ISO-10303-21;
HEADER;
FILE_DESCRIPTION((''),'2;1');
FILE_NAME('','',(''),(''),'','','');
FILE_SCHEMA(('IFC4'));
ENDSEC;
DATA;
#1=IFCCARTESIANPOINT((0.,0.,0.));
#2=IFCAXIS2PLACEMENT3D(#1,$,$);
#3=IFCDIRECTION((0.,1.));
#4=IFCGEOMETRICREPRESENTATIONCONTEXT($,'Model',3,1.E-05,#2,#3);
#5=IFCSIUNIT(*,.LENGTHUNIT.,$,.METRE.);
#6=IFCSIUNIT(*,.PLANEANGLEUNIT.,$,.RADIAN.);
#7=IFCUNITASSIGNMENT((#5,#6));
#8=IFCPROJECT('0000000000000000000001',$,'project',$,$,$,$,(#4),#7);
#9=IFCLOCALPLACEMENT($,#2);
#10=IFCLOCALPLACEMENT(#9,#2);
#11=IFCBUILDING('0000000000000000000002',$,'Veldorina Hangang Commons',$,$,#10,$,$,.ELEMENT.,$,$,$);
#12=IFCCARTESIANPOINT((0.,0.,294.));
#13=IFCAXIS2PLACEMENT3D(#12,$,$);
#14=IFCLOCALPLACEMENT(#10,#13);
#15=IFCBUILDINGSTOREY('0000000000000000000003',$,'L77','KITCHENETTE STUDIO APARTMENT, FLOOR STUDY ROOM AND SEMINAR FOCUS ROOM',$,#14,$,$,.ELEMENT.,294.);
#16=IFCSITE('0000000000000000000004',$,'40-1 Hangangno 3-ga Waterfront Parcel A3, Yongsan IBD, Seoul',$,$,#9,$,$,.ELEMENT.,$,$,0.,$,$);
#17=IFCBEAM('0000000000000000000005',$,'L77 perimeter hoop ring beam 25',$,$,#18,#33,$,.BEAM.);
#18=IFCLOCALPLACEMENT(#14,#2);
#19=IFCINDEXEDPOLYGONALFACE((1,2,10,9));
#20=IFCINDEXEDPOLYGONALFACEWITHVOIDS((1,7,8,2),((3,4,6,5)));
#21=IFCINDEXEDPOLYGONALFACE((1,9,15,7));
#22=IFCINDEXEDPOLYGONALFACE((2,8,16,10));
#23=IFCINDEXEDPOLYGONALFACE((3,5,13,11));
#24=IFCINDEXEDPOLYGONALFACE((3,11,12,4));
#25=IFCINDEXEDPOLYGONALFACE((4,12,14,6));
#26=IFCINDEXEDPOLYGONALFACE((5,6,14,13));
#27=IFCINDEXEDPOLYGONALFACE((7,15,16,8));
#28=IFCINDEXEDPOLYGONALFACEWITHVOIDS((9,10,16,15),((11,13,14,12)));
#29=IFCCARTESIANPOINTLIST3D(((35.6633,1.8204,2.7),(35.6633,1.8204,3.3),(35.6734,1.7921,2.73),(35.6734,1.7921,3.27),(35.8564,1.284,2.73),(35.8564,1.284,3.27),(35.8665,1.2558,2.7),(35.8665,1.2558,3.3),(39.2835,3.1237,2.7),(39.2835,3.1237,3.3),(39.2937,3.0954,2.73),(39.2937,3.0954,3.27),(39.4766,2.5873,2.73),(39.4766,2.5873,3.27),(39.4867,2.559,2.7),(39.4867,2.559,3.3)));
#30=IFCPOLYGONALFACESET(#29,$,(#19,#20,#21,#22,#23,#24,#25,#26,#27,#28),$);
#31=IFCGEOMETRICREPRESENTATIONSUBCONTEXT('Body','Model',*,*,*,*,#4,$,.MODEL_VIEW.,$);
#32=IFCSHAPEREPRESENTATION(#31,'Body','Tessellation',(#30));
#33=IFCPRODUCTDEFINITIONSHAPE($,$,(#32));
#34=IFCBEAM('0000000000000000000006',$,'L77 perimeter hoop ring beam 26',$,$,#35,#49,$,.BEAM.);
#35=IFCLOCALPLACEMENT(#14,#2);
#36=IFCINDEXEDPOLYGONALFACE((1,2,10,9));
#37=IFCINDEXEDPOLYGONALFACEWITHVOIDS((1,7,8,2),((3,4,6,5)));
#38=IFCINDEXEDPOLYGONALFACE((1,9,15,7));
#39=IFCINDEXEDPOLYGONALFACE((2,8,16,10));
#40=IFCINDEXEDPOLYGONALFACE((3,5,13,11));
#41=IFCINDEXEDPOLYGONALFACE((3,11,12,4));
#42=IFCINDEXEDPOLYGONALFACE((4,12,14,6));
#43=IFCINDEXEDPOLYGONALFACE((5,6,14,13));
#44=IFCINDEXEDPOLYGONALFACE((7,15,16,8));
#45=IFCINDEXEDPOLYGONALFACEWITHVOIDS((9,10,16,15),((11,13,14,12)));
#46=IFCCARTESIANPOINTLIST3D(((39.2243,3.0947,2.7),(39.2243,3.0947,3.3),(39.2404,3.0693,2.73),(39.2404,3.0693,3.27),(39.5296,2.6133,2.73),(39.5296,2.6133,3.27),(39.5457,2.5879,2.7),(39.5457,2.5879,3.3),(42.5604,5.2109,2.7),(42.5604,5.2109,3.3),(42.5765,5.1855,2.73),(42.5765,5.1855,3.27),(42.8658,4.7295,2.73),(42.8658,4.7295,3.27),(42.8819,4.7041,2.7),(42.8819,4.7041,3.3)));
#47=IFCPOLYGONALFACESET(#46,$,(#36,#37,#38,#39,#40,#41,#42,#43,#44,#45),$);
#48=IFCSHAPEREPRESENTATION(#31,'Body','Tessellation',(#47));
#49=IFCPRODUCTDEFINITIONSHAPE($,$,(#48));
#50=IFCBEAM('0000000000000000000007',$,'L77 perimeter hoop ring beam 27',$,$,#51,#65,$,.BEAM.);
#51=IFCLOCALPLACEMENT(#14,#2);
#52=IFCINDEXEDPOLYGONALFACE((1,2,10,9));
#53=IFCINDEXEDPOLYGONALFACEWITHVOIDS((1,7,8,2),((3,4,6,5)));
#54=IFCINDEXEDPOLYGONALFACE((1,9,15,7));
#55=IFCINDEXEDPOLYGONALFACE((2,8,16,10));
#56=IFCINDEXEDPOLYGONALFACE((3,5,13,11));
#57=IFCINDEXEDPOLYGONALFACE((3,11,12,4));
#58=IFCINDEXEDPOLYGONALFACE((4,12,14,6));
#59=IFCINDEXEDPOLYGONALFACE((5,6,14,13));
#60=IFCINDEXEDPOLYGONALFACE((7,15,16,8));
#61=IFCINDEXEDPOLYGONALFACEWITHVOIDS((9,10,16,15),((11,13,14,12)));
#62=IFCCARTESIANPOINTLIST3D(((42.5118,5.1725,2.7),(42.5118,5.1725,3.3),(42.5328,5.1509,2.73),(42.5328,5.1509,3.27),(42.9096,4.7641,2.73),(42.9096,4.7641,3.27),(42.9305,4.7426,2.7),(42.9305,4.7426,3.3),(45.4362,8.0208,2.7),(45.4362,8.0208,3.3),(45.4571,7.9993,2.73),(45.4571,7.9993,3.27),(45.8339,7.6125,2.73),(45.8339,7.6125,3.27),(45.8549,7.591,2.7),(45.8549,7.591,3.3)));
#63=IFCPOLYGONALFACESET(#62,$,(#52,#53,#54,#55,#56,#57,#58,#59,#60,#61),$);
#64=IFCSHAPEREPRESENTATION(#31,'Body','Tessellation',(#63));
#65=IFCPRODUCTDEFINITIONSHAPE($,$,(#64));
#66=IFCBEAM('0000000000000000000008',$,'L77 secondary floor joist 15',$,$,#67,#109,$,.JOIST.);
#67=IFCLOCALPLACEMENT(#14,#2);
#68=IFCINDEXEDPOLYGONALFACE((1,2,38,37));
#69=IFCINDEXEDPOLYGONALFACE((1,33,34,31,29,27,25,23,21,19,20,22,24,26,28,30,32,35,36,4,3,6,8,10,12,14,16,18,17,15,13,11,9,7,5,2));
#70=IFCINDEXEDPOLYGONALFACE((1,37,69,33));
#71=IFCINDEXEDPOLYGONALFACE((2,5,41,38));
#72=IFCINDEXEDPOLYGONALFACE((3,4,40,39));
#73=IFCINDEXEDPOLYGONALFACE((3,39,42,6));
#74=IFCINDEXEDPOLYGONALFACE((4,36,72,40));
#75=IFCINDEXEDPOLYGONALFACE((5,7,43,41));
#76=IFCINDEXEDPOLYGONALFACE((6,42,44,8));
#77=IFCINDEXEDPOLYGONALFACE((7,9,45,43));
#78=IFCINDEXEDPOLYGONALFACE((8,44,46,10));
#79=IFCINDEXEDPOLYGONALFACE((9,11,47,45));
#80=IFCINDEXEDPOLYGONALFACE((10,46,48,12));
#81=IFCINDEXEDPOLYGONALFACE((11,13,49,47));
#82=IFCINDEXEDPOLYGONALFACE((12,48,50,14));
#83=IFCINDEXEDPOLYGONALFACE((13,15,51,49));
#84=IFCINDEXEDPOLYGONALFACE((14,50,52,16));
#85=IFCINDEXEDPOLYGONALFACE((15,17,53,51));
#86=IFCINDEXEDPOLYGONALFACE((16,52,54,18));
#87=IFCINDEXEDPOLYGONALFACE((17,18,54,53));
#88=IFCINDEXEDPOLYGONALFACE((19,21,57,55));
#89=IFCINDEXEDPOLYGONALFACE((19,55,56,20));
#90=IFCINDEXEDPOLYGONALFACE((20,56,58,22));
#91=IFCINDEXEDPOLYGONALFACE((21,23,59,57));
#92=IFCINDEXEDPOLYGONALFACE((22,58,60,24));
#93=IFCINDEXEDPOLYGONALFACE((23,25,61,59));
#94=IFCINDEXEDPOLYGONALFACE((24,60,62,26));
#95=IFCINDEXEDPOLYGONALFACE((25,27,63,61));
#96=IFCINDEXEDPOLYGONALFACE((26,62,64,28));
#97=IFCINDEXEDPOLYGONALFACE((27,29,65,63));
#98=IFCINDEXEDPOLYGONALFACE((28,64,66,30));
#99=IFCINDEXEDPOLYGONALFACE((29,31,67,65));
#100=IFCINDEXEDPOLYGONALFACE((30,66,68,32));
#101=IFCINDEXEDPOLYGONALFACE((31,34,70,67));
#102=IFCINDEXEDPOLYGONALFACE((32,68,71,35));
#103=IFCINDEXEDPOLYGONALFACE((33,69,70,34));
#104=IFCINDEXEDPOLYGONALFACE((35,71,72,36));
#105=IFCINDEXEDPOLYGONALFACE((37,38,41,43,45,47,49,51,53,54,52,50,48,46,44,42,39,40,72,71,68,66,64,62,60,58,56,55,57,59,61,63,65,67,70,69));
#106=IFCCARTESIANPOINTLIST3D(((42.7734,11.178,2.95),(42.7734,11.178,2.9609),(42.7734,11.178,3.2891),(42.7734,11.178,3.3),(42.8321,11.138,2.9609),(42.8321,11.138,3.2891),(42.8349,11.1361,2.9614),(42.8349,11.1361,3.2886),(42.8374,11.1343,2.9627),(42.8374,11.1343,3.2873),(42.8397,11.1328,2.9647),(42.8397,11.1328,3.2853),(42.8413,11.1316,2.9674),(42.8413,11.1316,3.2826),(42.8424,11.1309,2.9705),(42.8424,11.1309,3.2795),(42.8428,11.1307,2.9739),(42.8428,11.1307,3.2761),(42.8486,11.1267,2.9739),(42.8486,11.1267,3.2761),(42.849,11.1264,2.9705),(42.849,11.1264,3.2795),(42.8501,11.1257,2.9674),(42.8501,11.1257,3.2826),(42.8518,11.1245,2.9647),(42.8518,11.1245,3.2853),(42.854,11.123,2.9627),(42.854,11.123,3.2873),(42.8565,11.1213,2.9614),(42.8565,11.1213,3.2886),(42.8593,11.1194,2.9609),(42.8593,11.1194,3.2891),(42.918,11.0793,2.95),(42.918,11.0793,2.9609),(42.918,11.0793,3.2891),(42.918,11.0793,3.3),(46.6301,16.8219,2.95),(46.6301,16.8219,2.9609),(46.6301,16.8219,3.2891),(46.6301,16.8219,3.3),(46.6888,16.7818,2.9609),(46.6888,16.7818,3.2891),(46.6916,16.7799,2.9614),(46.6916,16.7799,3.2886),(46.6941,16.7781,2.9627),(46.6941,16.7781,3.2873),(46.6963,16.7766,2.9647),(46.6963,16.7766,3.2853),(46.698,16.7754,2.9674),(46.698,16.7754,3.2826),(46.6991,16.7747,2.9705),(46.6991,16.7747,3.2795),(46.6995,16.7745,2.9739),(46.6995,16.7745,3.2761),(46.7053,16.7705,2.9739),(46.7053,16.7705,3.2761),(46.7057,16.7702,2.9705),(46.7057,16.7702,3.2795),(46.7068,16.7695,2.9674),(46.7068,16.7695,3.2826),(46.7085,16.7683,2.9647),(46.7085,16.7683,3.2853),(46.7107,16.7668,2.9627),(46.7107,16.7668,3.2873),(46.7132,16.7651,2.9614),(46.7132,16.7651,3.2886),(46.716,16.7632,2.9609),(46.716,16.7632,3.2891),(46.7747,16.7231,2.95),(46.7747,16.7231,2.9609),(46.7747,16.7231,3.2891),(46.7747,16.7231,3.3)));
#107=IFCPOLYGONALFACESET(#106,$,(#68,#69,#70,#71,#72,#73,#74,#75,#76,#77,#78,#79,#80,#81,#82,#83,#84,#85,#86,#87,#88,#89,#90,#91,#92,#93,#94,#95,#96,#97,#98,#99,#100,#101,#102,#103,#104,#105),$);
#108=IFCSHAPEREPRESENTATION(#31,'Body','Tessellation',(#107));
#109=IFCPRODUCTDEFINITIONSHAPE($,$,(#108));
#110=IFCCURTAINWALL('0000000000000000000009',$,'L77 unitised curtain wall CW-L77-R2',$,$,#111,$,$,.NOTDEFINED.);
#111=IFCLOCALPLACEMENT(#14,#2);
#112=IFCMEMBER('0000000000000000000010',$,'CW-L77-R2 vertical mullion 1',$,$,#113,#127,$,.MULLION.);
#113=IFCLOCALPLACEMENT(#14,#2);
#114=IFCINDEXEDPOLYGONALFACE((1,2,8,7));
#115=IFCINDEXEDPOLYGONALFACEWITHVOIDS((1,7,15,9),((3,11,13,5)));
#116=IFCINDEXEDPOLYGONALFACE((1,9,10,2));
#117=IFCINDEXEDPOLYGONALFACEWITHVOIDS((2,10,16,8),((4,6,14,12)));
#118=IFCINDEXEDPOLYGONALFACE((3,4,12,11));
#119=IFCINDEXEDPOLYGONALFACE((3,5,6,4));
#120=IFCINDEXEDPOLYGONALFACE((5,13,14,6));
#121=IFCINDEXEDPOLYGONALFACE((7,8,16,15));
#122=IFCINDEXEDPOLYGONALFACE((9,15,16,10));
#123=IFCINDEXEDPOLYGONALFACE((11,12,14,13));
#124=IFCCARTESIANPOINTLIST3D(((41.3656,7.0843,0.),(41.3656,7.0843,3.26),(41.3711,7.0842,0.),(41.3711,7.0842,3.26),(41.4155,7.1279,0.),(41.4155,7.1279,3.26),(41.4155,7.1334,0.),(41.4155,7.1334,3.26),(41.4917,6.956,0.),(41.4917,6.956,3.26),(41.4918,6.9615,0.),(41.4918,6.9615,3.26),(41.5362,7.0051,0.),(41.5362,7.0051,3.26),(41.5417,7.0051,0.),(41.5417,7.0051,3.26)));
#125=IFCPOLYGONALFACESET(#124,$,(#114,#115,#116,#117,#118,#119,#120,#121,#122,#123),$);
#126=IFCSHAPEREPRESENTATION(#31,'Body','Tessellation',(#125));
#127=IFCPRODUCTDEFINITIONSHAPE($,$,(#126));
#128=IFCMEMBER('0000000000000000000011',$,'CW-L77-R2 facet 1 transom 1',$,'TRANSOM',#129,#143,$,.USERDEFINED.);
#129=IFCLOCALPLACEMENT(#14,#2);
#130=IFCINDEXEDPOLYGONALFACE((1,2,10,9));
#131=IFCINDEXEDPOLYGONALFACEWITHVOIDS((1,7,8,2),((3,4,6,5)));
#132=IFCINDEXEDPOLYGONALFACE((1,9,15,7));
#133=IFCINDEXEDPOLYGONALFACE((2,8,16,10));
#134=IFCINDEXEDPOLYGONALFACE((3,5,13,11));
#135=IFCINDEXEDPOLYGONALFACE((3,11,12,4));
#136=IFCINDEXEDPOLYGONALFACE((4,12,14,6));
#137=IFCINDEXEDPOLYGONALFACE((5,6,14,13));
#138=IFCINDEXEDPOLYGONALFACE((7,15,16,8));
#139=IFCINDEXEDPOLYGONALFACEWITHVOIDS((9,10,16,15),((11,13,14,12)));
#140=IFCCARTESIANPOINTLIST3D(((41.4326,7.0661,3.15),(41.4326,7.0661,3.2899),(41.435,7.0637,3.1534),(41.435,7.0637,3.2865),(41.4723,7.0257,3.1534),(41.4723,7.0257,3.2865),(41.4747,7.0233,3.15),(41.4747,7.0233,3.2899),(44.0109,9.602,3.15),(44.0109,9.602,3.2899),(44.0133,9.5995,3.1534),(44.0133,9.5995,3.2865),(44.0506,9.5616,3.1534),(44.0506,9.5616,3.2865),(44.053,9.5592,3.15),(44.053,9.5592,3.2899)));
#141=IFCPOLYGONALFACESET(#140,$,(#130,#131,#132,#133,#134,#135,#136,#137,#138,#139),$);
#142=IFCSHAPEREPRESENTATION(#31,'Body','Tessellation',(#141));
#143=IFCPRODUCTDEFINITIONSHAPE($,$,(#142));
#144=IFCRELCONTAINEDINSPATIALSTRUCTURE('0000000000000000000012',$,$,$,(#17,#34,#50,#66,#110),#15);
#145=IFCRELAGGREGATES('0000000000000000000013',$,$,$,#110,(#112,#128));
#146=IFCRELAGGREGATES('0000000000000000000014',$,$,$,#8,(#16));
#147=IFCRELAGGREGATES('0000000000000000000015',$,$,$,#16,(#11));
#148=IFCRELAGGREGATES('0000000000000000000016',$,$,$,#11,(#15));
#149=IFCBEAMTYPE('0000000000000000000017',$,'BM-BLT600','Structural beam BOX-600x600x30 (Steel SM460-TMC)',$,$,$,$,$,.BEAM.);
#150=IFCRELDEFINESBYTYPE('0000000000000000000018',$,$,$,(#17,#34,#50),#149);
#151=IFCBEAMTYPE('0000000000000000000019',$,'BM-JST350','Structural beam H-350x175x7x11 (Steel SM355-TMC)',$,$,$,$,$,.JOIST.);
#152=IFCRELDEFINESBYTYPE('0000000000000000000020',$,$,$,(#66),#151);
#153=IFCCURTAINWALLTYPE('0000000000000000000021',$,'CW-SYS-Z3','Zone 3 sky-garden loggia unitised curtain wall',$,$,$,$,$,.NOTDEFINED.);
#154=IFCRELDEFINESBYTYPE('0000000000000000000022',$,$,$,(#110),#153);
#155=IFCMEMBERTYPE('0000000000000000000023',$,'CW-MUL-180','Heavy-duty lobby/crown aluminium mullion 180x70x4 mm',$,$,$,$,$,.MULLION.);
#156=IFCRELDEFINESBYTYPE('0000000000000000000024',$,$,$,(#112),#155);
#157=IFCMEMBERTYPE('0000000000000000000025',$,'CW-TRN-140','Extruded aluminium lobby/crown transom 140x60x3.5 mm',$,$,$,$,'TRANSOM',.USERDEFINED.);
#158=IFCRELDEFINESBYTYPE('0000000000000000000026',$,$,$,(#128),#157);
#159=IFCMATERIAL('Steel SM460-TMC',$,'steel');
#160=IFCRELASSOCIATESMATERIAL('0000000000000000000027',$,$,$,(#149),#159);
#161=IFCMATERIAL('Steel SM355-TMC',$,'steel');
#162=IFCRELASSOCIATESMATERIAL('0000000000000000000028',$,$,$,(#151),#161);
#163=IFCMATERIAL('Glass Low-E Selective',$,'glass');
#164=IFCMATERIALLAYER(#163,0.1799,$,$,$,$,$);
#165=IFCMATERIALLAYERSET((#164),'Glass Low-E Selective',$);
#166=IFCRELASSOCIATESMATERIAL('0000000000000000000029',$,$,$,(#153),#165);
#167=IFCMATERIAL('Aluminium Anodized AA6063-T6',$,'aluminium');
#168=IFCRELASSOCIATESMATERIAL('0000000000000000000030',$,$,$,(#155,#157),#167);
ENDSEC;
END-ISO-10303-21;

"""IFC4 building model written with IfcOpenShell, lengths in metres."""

from ifc_helpers import new_model, si_unit, direction, frame, origin, origin_2d, place, context, subcontext, project, spatial, hollow_rectangle, i_section, extrude, material, layer, layer_set, material_profile, profile_set, type_object, element, aggregate, save


model = new_model("IFC4")

# Units and contexts
model_context = context("Model", 3, precision=1e-05, world=origin(), true_north=direction((0.0, 1.0)))
body_context = subcontext(model_context, "Body", "Model", "MODEL_VIEW")
ifc_project = project(units=[si_unit("LENGTHUNIT", "METRE"), si_unit("PLANEANGLEUNIT", "RADIAN")], contexts=[model_context])

# Site, building, storey
site_placement = place(None, origin())
site = spatial("IfcSite", under=ifc_project, at=site_placement, Name="40-1 Hangangno 3-ga Waterfront Parcel A3, Yongsan IBD, Seoul", CompositionType="ELEMENT", RefElevation=0.0)
building_placement = place(site_placement, origin())
building = spatial("IfcBuilding", under=site, at=building_placement, Name="Veldorina Hangang Commons", CompositionType="ELEMENT")
storey_placement = place(building_placement, frame((0.0, 0.0, 294.0)))
storey = spatial("IfcBuildingStorey", under=building, at=storey_placement, Name="L77", Description="KITCHENETTE STUDIO APARTMENT, FLOOR STUDY ROOM AND SEMINAR FOCUS ROOM", CompositionType="ELEMENT", Elevation=294.0)

# Beams
ifc_material_1 = material(Name="Steel SM460-TMC", Category="steel")
ifc_material_profile_1 = material_profile(ifc_material_1, hollow_rectangle(XDim=0.6001, YDim=0.6001, WallThickness=0.03, at=origin_2d()), Name="BOX-600x600x30")
ifc_profile_set_1 = profile_set([ifc_material_profile_1], Name="Steel SM460-TMC")
beam_type_1 = type_object("IfcBeamType", Name="BM-BLT600", Description="Structural beam BOX-600x600x30 (Steel SM460-TMC)", PredefinedType="BEAM", material=ifc_profile_set_1)
beam_1_placement = place(storey_placement, frame((35.7649, 1.5381, 3.0), z_axis=(0.940889, 0.338715, 0.0), x_axis=(-0.338715, 0.940889, 0.0)))
element("IfcBeam", 1, at=beam_1_placement, inside=storey, type_object=beam_type_1, Name="L77 perimeter hoop ring beam 25", PredefinedType="BEAM", context=body_context, shape_type="SweptSolid", body=[
    extrude(hollow_rectangle(XDim=0.6001, YDim=0.6001, WallThickness=0.03, at=origin_2d()), origin(), (0.0, 0.0, 1.0), 3.8477),
])
beam_2_placement = place(storey_placement, frame((39.385, 2.8413, 3.0), z_axis=(0.844442, 0.535647, 0.0), x_axis=(-0.535647, 0.844442, 0.0)))
element("IfcBeam", 2, at=beam_2_placement, inside=storey, type_object=beam_type_1, Name="L77 perimeter hoop ring beam 26", PredefinedType="BEAM", context=body_context, shape_type="SweptSolid", body=[
    extrude(hollow_rectangle(XDim=0.6001, YDim=0.6001, WallThickness=0.03, at=origin_2d()), origin(), (0.0, 0.0, 1.0), 3.9507),
])
beam_3_placement = place(storey_placement, frame((42.7212, 4.9575, 3.0), z_axis=(0.716345, 0.697746, 0.0), x_axis=(-0.697746, 0.716345, 0.0)))
element("IfcBeam", 3, at=beam_3_placement, inside=storey, type_object=beam_type_1, Name="L77 perimeter hoop ring beam 27", PredefinedType="BEAM", context=body_context, shape_type="SweptSolid", body=[
    extrude(hollow_rectangle(XDim=0.6001, YDim=0.6001, WallThickness=0.03, at=origin_2d()), origin(), (0.0, 0.0, 1.0), 4.0823),
])
ifc_material_2 = material(Name="Steel SM355-TMC", Category="steel")
ifc_material_profile_2 = material_profile(ifc_material_2, i_section(OverallWidth=0.175, OverallDepth=0.3501, WebThickness=0.0071, FlangeThickness=0.011, FilletRadius=0.0129, at=origin_2d()), Name="H-350x175x7x11")
ifc_profile_set_2 = profile_set([ifc_material_profile_2], Name="Steel SM355-TMC")
beam_type_2 = type_object("IfcBeamType", Name="BM-JST350", Description="Structural beam H-350x175x7x11 (Steel SM355-TMC)", PredefinedType="JOIST", material=ifc_profile_set_2)
beam_4_placement = place(storey_placement, frame((42.8457, 11.1287, 3.125), z_axis=(0.5642, 0.825638, 0.0), x_axis=(-0.825638, 0.5642, 0.0)))
element("IfcBeam", 4, at=beam_4_placement, inside=storey, type_object=beam_type_2, Name="L77 secondary floor joist 15", PredefinedType="JOIST", context=body_context, shape_type="SweptSolid", body=[
    extrude(i_section(OverallWidth=0.175, OverallDepth=0.3501, WebThickness=0.0071, FlangeThickness=0.011, FilletRadius=0.0129, at=origin_2d()), origin(), (0.0, 0.0, 1.0), 6.8357),
])

# Curtain wall, members
ifc_material_3 = material(Name="Glass Low-E Selective", Category="glass")
ifc_layer_1 = layer(ifc_material_3, 0.1799)
ifc_layer_set_1 = layer_set([ifc_layer_1], Name="Glass Low-E Selective")
curtain_wall_type = type_object("IfcCurtainWallType", Name="CW-SYS-Z3", Description="Zone 3 sky-garden loggia unitised curtain wall", PredefinedType="NOTDEFINED", material=ifc_layer_set_1)
curtain_wall_placement = place(storey_placement, origin())
curtain_wall = element("IfcCurtainWall", 5, at=curtain_wall_placement, inside=storey, type_object=curtain_wall_type, Name="L77 unitised curtain wall CW-L77-R2", PredefinedType="NOTDEFINED")
ifc_material_4 = material(Name="Aluminium Anodized AA6063-T6", Category="aluminium")
ifc_material_profile_3 = material_profile(ifc_material_4, hollow_rectangle(XDim=0.0701, YDim=0.1799, WallThickness=0.0039, at=origin_2d()), Name="ALU-RHS-180x70x4")
ifc_profile_set_3 = profile_set([ifc_material_profile_3], Name="Aluminium Anodized AA6063-T6")
member_type_1 = type_object("IfcMemberType", Name="CW-MUL-180", Description="Heavy-duty lobby/crown aluminium mullion 180x70x4 mm", PredefinedType="MULLION", material=ifc_profile_set_3)
member_1_placement = place(storey_placement, frame((41.4536, 7.0447, 0.0), z_axis=(0.0, 0.0, 1.0), x_axis=(0.712957, 0.701208, 0.0)))
member_1 = element("IfcMember", 6, at=member_1_placement, type_object=member_type_1, Name="CW-L77-R2 vertical mullion 1", PredefinedType="MULLION", context=body_context, shape_type="SweptSolid", body=[
    extrude(hollow_rectangle(XDim=0.0701, YDim=0.1799, WallThickness=0.0039, at=origin_2d()), origin(), (0.0, 0.0, 1.0), 3.26),
])
ifc_material_profile_4 = material_profile(ifc_material_4, hollow_rectangle(XDim=0.0601, YDim=0.1399, WallThickness=0.0034, at=origin_2d()), Name="ALU-RHS-140x60x3.5")
ifc_profile_set_4 = profile_set([ifc_material_profile_4], Name="Aluminium Anodized AA6063-T6")
member_type_2 = type_object("IfcMemberType", Name="CW-TRN-140", Description="Extruded aluminium lobby/crown transom 140x60x3.5 mm", ElementType="TRANSOM", PredefinedType="USERDEFINED", material=ifc_profile_set_4)
member_2_placement = place(storey_placement, frame((41.4536, 7.0447, 3.22), z_axis=(0.712956, 0.701209, 0.0), x_axis=(-0.701209, 0.712956, 0.0)))
member_2 = element("IfcMember", 7, at=member_2_placement, type_object=member_type_2, Name="CW-L77-R2 facet 1 transom 1", ObjectType="TRANSOM", PredefinedType="USERDEFINED", context=body_context, shape_type="SweptSolid", body=[
    extrude(hollow_rectangle(XDim=0.0601, YDim=0.1399, WallThickness=0.0034, at=origin_2d()), origin(), (0.0, 0.0, 1.0), 3.6165),
])

aggregate(curtain_wall, [member_1, member_2])

save(model, "model.ifc")
